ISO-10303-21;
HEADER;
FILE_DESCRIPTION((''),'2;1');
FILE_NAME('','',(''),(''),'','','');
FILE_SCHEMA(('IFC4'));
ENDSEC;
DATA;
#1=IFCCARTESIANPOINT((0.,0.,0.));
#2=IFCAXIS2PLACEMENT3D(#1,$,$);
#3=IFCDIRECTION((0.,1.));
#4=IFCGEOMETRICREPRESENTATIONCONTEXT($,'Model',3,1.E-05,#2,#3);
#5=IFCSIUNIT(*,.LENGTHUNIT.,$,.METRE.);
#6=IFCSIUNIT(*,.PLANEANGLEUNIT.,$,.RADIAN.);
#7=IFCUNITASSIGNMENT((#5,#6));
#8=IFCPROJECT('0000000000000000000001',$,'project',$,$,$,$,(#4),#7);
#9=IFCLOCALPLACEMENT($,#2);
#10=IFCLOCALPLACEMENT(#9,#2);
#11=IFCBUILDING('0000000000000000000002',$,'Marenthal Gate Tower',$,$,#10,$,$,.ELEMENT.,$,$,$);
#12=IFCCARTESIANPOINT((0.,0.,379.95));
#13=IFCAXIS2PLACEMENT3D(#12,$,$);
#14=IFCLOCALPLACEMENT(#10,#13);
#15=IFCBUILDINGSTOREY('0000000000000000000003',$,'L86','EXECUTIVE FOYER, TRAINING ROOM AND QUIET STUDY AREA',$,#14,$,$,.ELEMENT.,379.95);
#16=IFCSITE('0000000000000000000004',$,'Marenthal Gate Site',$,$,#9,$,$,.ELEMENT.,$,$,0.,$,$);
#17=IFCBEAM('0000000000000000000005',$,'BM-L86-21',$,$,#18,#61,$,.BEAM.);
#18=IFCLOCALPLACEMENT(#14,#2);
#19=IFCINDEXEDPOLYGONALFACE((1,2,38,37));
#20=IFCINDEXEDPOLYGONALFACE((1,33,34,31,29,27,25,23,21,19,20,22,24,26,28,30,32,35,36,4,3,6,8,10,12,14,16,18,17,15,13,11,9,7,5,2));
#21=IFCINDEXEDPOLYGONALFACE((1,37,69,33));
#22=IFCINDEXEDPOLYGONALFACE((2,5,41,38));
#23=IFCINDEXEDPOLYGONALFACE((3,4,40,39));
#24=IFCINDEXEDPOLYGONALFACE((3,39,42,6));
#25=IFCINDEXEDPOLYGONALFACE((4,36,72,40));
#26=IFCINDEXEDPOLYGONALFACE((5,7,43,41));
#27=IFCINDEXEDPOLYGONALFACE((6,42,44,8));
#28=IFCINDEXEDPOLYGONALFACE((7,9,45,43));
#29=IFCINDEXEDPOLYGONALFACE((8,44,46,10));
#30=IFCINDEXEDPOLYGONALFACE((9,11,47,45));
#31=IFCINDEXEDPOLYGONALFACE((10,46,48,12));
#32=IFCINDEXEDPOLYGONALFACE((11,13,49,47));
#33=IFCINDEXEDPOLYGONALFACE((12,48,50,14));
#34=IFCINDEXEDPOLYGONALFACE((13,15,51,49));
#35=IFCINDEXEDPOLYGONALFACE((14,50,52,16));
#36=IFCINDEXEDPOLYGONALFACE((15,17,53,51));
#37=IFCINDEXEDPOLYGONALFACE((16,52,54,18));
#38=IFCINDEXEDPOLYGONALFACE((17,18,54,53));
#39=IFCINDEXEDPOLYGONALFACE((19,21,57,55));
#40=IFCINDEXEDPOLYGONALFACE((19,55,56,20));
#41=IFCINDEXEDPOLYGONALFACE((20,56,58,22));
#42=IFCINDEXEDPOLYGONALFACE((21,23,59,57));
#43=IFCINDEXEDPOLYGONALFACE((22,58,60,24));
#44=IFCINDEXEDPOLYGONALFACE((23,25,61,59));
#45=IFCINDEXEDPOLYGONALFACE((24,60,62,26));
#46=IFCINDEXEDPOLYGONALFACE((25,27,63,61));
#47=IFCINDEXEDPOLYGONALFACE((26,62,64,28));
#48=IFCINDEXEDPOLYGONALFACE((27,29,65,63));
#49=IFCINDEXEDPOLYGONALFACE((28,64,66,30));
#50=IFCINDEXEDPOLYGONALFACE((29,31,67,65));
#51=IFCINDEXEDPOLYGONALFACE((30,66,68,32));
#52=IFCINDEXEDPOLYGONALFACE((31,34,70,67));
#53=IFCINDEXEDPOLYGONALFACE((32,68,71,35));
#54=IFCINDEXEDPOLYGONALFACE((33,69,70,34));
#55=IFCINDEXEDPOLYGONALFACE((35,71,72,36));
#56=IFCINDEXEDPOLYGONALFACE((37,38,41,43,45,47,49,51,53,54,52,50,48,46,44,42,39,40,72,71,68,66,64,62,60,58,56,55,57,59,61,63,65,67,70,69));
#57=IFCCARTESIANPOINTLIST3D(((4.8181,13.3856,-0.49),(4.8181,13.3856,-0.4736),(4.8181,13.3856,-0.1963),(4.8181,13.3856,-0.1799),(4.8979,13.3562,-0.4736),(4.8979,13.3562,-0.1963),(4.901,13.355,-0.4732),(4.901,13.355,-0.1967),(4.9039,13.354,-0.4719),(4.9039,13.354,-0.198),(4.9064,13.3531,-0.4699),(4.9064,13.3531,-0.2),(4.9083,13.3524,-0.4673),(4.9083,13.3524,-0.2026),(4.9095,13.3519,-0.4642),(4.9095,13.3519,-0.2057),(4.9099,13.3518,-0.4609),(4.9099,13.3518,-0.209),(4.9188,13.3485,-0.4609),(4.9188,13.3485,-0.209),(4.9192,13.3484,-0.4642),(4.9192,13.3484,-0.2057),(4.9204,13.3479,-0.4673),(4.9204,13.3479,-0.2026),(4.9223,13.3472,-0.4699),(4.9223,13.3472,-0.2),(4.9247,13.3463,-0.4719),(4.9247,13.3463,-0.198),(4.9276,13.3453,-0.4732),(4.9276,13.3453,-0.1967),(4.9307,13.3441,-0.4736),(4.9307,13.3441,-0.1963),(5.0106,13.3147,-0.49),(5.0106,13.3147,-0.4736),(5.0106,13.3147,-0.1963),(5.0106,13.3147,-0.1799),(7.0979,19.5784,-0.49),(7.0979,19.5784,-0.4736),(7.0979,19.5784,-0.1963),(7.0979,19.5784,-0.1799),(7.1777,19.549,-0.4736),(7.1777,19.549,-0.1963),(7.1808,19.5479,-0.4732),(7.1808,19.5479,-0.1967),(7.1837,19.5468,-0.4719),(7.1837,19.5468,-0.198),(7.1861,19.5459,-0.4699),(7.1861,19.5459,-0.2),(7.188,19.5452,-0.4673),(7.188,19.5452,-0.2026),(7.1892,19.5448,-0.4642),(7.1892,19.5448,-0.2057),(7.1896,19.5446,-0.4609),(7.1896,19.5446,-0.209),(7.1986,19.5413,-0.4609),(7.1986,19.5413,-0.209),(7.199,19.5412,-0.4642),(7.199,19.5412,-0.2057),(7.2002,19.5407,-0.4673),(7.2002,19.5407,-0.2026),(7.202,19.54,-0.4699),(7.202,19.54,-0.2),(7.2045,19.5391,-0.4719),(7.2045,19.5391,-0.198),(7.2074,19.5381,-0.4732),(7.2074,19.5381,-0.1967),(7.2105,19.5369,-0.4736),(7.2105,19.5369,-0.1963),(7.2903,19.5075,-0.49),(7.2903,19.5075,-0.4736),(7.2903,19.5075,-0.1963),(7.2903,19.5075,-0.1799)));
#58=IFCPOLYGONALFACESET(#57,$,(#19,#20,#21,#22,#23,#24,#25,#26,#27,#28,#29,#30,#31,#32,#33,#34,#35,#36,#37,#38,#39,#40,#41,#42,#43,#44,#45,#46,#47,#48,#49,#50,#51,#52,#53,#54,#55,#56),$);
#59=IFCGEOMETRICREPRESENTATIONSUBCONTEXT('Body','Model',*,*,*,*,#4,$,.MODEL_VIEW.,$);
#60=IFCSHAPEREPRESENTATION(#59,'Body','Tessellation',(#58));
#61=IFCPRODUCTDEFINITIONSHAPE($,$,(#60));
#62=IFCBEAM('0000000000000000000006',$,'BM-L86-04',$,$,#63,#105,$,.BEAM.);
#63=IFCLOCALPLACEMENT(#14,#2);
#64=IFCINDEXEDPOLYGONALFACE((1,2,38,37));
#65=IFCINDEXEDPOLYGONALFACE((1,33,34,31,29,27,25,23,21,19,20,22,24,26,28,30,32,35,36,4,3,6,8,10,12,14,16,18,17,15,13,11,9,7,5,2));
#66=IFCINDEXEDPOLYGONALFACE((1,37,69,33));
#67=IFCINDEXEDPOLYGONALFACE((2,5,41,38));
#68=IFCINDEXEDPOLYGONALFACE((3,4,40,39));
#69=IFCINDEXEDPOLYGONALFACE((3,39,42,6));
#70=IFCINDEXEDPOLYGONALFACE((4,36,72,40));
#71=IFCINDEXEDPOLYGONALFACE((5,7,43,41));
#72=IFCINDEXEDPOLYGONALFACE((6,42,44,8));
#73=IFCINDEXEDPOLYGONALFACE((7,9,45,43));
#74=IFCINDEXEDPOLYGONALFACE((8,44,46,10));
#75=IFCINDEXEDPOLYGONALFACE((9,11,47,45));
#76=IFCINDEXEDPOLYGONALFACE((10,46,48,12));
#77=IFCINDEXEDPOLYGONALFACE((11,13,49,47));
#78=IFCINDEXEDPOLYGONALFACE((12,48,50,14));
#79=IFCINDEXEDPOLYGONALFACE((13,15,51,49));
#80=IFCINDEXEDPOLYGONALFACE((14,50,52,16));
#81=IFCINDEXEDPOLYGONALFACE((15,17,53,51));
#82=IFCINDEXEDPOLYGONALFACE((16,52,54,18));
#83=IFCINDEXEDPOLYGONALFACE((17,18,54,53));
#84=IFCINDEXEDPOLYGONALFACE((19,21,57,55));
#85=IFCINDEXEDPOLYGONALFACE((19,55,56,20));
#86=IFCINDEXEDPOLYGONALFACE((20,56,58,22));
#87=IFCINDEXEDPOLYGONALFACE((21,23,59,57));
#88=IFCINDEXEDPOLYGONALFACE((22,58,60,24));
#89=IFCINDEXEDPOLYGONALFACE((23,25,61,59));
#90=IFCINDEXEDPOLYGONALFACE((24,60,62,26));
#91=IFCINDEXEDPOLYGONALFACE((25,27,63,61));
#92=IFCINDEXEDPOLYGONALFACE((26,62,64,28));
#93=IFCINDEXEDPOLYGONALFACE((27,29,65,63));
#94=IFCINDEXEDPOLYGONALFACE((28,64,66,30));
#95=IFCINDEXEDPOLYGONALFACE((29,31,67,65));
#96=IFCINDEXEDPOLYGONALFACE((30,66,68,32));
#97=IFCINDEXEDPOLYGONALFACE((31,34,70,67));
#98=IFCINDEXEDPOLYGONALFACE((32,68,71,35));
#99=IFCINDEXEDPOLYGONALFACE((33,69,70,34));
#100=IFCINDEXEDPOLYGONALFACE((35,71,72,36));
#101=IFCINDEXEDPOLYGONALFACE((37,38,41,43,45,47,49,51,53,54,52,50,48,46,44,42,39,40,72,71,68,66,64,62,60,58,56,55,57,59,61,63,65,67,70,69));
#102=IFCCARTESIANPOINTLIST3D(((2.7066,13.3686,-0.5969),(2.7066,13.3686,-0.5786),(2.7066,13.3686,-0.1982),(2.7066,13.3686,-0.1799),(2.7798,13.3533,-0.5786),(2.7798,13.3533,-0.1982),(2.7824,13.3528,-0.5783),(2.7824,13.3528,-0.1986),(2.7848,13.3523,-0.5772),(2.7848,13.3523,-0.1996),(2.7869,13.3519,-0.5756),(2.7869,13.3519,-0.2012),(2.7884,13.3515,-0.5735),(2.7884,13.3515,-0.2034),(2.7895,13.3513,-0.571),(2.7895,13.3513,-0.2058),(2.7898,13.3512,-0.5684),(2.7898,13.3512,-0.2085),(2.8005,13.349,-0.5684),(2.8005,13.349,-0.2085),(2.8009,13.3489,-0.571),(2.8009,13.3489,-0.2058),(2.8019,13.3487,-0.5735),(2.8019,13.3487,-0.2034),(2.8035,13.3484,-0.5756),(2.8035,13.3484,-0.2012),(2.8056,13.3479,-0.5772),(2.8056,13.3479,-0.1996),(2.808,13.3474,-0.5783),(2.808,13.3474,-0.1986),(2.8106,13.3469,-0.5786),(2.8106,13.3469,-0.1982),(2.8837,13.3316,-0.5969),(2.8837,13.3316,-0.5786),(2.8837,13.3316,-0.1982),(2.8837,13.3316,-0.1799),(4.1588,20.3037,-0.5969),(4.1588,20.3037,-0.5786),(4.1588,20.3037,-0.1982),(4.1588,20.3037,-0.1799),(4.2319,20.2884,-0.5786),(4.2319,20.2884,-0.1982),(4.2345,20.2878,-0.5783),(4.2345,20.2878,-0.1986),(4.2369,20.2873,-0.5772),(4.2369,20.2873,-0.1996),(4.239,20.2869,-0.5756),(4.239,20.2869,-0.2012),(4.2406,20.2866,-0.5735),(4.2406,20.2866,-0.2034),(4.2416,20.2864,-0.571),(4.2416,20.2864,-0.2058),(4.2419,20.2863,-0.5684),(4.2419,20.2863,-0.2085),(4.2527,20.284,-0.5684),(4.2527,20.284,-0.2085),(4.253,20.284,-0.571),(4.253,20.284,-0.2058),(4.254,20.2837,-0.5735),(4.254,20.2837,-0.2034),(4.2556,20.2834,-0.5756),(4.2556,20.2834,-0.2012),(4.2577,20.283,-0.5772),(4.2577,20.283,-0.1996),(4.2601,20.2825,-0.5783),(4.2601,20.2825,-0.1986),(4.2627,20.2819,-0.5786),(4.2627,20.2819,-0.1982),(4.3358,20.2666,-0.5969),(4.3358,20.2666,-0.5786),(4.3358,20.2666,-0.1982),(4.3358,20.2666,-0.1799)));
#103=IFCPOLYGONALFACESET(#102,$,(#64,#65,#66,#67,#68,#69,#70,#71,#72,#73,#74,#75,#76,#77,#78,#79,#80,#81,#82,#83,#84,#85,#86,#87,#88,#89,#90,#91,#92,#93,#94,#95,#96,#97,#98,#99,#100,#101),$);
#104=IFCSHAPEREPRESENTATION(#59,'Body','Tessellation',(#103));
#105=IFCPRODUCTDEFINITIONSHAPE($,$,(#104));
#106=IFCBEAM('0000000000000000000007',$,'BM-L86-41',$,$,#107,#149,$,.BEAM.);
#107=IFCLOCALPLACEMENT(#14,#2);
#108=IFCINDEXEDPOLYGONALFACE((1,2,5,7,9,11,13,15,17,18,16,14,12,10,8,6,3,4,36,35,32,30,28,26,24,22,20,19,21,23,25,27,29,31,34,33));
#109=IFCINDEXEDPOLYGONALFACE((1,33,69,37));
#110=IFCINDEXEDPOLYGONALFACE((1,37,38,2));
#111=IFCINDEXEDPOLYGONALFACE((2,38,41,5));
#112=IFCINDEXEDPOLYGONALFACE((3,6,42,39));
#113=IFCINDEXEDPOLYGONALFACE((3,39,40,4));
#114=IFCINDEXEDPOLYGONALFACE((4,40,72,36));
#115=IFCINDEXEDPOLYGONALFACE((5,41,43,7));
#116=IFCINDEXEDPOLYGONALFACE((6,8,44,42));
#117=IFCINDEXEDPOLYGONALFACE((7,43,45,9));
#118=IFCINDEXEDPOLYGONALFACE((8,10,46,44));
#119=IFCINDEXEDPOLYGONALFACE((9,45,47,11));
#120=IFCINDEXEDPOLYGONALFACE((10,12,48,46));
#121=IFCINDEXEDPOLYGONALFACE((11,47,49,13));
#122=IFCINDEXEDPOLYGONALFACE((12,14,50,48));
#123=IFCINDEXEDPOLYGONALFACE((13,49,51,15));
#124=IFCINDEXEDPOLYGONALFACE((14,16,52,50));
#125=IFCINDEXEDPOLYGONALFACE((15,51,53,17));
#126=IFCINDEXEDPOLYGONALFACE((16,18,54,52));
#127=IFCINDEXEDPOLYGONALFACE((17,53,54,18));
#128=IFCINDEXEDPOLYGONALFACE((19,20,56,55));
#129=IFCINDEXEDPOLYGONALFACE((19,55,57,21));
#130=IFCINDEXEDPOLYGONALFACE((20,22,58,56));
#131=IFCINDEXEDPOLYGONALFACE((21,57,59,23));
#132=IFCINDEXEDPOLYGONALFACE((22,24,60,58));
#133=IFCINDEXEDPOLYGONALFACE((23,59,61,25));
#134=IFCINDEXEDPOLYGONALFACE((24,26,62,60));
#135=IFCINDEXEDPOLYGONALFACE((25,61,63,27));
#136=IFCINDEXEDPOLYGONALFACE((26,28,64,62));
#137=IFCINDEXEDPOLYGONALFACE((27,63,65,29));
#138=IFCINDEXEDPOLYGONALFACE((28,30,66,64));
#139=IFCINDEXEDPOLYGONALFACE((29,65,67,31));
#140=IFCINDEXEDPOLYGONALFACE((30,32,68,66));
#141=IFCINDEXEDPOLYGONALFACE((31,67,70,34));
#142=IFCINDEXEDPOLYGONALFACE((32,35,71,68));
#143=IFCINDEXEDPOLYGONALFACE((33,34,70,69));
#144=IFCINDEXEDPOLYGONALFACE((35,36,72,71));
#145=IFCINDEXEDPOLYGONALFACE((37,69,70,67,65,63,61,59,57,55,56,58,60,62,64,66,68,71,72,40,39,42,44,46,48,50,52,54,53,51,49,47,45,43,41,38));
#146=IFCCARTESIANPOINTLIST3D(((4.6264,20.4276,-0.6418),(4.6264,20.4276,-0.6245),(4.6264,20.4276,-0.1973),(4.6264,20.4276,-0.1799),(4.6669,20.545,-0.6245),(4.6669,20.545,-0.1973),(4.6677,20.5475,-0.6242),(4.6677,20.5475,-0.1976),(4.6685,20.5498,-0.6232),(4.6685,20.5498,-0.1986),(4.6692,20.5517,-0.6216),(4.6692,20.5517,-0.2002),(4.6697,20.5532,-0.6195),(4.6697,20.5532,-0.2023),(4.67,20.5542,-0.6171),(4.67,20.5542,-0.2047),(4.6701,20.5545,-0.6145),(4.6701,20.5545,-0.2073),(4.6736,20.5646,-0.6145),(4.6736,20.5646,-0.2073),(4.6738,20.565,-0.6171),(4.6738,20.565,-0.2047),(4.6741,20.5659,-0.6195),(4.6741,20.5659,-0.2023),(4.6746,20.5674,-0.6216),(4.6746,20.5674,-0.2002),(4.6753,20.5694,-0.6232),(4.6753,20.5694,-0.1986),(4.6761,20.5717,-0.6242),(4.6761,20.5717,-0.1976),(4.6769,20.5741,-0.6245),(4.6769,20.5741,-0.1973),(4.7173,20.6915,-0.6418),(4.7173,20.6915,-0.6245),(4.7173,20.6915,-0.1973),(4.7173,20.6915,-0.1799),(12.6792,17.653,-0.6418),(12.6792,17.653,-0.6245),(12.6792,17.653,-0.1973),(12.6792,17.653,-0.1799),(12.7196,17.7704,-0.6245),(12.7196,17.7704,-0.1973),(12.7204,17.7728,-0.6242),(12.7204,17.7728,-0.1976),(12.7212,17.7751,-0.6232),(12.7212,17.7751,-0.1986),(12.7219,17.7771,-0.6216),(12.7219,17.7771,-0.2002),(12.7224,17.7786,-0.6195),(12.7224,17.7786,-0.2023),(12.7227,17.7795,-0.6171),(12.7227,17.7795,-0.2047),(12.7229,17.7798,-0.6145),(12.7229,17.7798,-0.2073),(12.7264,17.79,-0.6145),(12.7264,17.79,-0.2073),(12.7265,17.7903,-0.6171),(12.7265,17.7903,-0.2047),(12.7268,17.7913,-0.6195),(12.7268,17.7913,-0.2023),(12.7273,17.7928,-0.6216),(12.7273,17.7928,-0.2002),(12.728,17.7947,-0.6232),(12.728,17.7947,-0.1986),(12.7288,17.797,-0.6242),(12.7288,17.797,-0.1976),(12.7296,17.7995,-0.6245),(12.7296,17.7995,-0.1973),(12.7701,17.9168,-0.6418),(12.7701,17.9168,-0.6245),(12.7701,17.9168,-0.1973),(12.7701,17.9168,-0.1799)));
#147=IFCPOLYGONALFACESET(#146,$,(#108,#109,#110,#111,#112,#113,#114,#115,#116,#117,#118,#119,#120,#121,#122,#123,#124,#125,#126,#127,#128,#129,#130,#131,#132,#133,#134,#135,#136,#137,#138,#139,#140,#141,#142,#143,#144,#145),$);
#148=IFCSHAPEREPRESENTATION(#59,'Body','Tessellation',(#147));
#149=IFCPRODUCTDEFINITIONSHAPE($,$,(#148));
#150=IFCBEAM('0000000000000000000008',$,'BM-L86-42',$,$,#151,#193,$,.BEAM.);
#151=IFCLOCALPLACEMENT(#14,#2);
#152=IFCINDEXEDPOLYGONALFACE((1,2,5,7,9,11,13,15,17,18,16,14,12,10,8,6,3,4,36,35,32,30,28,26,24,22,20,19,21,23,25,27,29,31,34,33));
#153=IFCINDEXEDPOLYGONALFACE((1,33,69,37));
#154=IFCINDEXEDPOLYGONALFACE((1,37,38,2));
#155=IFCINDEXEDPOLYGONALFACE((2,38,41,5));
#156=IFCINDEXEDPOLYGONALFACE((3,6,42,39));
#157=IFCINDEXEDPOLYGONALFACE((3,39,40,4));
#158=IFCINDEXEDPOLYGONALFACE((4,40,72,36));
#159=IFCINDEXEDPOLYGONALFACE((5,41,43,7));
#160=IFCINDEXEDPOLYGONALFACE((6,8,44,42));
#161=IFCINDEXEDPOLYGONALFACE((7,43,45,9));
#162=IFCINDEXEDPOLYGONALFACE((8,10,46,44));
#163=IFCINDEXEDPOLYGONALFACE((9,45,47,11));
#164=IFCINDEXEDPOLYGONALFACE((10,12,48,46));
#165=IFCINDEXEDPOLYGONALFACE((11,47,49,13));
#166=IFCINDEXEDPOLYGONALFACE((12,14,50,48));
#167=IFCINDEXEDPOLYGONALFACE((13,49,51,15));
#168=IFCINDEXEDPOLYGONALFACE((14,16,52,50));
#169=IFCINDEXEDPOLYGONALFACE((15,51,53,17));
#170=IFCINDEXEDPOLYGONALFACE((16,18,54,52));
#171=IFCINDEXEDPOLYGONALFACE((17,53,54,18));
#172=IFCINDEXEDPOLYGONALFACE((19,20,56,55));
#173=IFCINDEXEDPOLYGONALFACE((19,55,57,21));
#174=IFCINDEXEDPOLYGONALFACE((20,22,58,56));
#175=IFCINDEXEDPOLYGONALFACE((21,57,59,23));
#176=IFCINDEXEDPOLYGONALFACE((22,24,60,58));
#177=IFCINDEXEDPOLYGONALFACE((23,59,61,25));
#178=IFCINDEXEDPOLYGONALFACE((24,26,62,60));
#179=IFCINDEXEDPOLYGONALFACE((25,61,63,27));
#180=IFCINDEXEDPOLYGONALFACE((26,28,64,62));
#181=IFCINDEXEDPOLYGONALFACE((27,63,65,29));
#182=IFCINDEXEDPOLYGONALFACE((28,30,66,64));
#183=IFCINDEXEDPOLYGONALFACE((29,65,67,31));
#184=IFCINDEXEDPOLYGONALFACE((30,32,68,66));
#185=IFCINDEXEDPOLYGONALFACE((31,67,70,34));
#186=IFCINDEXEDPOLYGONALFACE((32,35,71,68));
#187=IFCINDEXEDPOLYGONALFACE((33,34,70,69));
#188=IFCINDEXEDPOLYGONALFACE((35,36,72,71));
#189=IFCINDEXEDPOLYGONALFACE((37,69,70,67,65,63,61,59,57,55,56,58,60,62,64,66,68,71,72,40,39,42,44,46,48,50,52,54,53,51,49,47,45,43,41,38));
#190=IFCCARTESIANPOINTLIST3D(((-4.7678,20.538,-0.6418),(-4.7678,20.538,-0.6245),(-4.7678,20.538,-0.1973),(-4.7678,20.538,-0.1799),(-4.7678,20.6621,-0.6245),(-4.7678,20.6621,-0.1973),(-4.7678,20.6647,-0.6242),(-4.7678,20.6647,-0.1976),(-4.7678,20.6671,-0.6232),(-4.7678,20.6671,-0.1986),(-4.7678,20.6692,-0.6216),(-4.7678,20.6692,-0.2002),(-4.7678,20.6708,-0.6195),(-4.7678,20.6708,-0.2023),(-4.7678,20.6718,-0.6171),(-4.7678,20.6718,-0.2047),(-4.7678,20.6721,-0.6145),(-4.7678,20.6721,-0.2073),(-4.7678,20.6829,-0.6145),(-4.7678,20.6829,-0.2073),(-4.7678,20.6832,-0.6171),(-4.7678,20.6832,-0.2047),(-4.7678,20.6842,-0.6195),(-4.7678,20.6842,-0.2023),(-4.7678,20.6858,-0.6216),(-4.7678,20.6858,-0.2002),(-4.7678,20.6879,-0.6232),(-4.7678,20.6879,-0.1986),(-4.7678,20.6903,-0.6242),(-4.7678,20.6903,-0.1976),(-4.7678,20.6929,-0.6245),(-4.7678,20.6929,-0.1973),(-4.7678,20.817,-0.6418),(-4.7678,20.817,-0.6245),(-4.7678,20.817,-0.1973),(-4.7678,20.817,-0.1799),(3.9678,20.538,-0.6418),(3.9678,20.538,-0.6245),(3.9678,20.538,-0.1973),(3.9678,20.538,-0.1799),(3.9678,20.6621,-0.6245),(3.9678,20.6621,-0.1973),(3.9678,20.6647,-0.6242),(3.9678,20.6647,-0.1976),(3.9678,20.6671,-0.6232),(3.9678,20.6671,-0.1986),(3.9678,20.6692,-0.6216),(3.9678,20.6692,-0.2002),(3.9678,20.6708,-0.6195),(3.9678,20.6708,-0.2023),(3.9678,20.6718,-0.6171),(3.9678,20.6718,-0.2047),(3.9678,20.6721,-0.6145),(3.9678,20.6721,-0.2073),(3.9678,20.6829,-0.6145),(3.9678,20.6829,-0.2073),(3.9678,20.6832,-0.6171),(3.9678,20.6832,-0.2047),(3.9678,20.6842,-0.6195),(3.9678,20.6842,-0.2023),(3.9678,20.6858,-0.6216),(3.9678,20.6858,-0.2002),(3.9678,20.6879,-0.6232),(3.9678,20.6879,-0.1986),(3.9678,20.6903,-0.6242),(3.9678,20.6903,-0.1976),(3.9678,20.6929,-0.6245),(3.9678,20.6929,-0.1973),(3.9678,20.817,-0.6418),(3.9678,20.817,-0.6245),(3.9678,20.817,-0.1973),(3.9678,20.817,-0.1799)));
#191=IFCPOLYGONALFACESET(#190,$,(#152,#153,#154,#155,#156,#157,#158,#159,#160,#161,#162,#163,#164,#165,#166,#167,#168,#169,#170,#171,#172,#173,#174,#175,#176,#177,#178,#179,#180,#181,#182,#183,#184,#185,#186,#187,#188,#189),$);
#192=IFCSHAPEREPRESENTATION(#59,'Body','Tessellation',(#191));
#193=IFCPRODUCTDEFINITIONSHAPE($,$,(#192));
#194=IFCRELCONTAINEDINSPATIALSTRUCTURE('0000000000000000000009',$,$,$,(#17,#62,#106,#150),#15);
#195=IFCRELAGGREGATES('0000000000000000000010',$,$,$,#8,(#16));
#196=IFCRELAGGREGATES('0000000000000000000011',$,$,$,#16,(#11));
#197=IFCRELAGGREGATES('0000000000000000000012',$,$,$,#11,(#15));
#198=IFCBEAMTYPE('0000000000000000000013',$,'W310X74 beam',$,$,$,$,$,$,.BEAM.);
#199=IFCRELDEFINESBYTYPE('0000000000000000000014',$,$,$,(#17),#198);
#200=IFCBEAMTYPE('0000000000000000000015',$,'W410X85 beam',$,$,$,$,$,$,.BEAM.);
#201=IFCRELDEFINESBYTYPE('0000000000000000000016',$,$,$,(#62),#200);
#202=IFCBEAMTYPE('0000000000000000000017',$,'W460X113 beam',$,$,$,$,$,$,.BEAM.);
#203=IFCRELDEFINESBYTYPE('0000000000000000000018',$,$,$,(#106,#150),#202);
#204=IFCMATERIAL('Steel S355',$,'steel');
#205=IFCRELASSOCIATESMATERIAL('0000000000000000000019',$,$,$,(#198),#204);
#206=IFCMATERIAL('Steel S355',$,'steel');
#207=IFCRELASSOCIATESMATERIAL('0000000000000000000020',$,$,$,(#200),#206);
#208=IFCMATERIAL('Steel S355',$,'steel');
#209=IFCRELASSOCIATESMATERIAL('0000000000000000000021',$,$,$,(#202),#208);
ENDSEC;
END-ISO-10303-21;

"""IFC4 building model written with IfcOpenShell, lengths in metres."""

from ifc_helpers import new_model, si_unit, direction, frame, origin, origin_2d, place, context, subcontext, project, spatial, i_section, extrude, material, material_profile, profile_set, type_object, element, save


model = new_model("IFC4")

# Units and contexts
model_context = context("Model", 3, precision=1e-05, world=origin(), true_north=direction((0.0, 1.0)))
body_context = subcontext(model_context, "Body", "Model", "MODEL_VIEW")
ifc_project = project(units=[si_unit("LENGTHUNIT", "METRE"), si_unit("PLANEANGLEUNIT", "RADIAN")], contexts=[model_context])

# Site, building, storey
site_placement = place(None, origin())
site = spatial("IfcSite", under=ifc_project, at=site_placement, Name="Marenthal Gate Site", CompositionType="ELEMENT", RefElevation=0.0)
building_placement = place(site_placement, origin())
building = spatial("IfcBuilding", under=site, at=building_placement, Name="Marenthal Gate Tower", CompositionType="ELEMENT")
storey_placement = place(building_placement, frame((0.0, 0.0, 379.95)))
storey = spatial("IfcBuildingStorey", under=building, at=storey_placement, Name="L86", Description="EXECUTIVE FOYER, TRAINING ROOM AND QUIET STUDY AREA", CompositionType="ELEMENT", Elevation=379.95)

# Beams
ifc_material_1 = material(Name="Steel S355", Category="steel")
ifc_material_profile_1 = material_profile(ifc_material_1, i_section(OverallWidth=0.2051, OverallDepth=0.3101, WebThickness=0.0095, FlangeThickness=0.0164, FilletRadius=0.0127, at=origin_2d()), Name="W310X74")
ifc_profile_set_1 = profile_set([ifc_material_profile_1], Name="Steel S355")
beam_type_1 = type_object("IfcBeamType", Name="W310X74 beam", PredefinedType="BEAM", material=ifc_profile_set_1)
beam_1_placement = place(storey_placement, frame((7.1941, 19.543, -0.335), z_axis=(-0.345465, -0.938432, 0.0), x_axis=(0.938432, -0.345465, 0.0)))
element("IfcBeam", 1, at=beam_1_placement, inside=storey, type_object=beam_type_1, Name="BM-L86-21", PredefinedType="BEAM", context=body_context, shape_type="SweptSolid", body=[
    extrude(i_section(OverallWidth=0.2051, OverallDepth=0.3101, WebThickness=0.0095, FlangeThickness=0.0164, FilletRadius=0.0127, at=origin_2d()), origin(), (0.0, 0.0, 1.0), 6.5991),
])
ifc_material_2 = material(Name="Steel S355", Category="steel")
ifc_material_profile_2 = material_profile(ifc_material_2, i_section(OverallWidth=0.1809, OverallDepth=0.417, WebThickness=0.011, FlangeThickness=0.0183, FilletRadius=0.0103, at=origin_2d()), Name="W410X85")
ifc_profile_set_2 = profile_set([ifc_material_profile_2], Name="Steel S355")
beam_type_2 = type_object("IfcBeamType", Name="W410X85 beam", PredefinedType="BEAM", material=ifc_profile_set_2)
beam_2_placement = place(storey_placement, frame((4.2473, 20.2852, -0.3884), z_axis=(-0.204948, -0.978773, 0.0), x_axis=(0.978773, -0.204948, 0.0)))
element("IfcBeam", 2, at=beam_2_placement, inside=storey, type_object=beam_type_2, Name="BM-L86-04", PredefinedType="BEAM", context=body_context, shape_type="SweptSolid", body=[
    extrude(i_section(OverallWidth=0.1809, OverallDepth=0.417, WebThickness=0.011, FlangeThickness=0.0183, FilletRadius=0.0103, at=origin_2d()), origin(), (0.0, 0.0, 1.0), 7.0854),
])
ifc_material_3 = material(Name="Steel S355", Category="steel")
ifc_material_profile_3 = material_profile(ifc_material_3, i_section(OverallWidth=0.2791, OverallDepth=0.4619, WebThickness=0.0107, FlangeThickness=0.0173, FilletRadius=0.01, at=origin_2d()), Name="W460X113")
ifc_profile_set_3 = profile_set([ifc_material_profile_3], Name="Steel S355")
beam_type_3 = type_object("IfcBeamType", Name="W460X113 beam", PredefinedType="BEAM", material=ifc_profile_set_3)
beam_3_placement = place(storey_placement, frame((12.7246, 17.7849, -0.4109), z_axis=(-0.945451, 0.325765, 0.0), x_axis=(-0.325765, -0.945451, 0.0)))
element("IfcBeam", 3, at=beam_3_placement, inside=storey, type_object=beam_type_3, Name="BM-L86-41", PredefinedType="BEAM", context=body_context, shape_type="SweptSolid", body=[
    extrude(i_section(OverallWidth=0.2791, OverallDepth=0.4619, WebThickness=0.0107, FlangeThickness=0.0173, FilletRadius=0.01, at=origin_2d()), origin(), (0.0, 0.0, 1.0), 8.5173),
])
beam_4_placement = place(storey_placement, frame((3.9678, 20.6775, -0.4109), z_axis=(-1.0, 0.0, 0.0), x_axis=(0.0, -1.0, 0.0)))
element("IfcBeam", 4, at=beam_4_placement, inside=storey, type_object=beam_type_3, Name="BM-L86-42", PredefinedType="BEAM", context=body_context, shape_type="SweptSolid", body=[
    extrude(i_section(OverallWidth=0.2791, OverallDepth=0.4619, WebThickness=0.0107, FlangeThickness=0.0173, FilletRadius=0.01, at=origin_2d()), origin(), (0.0, 0.0, 1.0), 8.7356),
])

save(model, "model.ifc")
